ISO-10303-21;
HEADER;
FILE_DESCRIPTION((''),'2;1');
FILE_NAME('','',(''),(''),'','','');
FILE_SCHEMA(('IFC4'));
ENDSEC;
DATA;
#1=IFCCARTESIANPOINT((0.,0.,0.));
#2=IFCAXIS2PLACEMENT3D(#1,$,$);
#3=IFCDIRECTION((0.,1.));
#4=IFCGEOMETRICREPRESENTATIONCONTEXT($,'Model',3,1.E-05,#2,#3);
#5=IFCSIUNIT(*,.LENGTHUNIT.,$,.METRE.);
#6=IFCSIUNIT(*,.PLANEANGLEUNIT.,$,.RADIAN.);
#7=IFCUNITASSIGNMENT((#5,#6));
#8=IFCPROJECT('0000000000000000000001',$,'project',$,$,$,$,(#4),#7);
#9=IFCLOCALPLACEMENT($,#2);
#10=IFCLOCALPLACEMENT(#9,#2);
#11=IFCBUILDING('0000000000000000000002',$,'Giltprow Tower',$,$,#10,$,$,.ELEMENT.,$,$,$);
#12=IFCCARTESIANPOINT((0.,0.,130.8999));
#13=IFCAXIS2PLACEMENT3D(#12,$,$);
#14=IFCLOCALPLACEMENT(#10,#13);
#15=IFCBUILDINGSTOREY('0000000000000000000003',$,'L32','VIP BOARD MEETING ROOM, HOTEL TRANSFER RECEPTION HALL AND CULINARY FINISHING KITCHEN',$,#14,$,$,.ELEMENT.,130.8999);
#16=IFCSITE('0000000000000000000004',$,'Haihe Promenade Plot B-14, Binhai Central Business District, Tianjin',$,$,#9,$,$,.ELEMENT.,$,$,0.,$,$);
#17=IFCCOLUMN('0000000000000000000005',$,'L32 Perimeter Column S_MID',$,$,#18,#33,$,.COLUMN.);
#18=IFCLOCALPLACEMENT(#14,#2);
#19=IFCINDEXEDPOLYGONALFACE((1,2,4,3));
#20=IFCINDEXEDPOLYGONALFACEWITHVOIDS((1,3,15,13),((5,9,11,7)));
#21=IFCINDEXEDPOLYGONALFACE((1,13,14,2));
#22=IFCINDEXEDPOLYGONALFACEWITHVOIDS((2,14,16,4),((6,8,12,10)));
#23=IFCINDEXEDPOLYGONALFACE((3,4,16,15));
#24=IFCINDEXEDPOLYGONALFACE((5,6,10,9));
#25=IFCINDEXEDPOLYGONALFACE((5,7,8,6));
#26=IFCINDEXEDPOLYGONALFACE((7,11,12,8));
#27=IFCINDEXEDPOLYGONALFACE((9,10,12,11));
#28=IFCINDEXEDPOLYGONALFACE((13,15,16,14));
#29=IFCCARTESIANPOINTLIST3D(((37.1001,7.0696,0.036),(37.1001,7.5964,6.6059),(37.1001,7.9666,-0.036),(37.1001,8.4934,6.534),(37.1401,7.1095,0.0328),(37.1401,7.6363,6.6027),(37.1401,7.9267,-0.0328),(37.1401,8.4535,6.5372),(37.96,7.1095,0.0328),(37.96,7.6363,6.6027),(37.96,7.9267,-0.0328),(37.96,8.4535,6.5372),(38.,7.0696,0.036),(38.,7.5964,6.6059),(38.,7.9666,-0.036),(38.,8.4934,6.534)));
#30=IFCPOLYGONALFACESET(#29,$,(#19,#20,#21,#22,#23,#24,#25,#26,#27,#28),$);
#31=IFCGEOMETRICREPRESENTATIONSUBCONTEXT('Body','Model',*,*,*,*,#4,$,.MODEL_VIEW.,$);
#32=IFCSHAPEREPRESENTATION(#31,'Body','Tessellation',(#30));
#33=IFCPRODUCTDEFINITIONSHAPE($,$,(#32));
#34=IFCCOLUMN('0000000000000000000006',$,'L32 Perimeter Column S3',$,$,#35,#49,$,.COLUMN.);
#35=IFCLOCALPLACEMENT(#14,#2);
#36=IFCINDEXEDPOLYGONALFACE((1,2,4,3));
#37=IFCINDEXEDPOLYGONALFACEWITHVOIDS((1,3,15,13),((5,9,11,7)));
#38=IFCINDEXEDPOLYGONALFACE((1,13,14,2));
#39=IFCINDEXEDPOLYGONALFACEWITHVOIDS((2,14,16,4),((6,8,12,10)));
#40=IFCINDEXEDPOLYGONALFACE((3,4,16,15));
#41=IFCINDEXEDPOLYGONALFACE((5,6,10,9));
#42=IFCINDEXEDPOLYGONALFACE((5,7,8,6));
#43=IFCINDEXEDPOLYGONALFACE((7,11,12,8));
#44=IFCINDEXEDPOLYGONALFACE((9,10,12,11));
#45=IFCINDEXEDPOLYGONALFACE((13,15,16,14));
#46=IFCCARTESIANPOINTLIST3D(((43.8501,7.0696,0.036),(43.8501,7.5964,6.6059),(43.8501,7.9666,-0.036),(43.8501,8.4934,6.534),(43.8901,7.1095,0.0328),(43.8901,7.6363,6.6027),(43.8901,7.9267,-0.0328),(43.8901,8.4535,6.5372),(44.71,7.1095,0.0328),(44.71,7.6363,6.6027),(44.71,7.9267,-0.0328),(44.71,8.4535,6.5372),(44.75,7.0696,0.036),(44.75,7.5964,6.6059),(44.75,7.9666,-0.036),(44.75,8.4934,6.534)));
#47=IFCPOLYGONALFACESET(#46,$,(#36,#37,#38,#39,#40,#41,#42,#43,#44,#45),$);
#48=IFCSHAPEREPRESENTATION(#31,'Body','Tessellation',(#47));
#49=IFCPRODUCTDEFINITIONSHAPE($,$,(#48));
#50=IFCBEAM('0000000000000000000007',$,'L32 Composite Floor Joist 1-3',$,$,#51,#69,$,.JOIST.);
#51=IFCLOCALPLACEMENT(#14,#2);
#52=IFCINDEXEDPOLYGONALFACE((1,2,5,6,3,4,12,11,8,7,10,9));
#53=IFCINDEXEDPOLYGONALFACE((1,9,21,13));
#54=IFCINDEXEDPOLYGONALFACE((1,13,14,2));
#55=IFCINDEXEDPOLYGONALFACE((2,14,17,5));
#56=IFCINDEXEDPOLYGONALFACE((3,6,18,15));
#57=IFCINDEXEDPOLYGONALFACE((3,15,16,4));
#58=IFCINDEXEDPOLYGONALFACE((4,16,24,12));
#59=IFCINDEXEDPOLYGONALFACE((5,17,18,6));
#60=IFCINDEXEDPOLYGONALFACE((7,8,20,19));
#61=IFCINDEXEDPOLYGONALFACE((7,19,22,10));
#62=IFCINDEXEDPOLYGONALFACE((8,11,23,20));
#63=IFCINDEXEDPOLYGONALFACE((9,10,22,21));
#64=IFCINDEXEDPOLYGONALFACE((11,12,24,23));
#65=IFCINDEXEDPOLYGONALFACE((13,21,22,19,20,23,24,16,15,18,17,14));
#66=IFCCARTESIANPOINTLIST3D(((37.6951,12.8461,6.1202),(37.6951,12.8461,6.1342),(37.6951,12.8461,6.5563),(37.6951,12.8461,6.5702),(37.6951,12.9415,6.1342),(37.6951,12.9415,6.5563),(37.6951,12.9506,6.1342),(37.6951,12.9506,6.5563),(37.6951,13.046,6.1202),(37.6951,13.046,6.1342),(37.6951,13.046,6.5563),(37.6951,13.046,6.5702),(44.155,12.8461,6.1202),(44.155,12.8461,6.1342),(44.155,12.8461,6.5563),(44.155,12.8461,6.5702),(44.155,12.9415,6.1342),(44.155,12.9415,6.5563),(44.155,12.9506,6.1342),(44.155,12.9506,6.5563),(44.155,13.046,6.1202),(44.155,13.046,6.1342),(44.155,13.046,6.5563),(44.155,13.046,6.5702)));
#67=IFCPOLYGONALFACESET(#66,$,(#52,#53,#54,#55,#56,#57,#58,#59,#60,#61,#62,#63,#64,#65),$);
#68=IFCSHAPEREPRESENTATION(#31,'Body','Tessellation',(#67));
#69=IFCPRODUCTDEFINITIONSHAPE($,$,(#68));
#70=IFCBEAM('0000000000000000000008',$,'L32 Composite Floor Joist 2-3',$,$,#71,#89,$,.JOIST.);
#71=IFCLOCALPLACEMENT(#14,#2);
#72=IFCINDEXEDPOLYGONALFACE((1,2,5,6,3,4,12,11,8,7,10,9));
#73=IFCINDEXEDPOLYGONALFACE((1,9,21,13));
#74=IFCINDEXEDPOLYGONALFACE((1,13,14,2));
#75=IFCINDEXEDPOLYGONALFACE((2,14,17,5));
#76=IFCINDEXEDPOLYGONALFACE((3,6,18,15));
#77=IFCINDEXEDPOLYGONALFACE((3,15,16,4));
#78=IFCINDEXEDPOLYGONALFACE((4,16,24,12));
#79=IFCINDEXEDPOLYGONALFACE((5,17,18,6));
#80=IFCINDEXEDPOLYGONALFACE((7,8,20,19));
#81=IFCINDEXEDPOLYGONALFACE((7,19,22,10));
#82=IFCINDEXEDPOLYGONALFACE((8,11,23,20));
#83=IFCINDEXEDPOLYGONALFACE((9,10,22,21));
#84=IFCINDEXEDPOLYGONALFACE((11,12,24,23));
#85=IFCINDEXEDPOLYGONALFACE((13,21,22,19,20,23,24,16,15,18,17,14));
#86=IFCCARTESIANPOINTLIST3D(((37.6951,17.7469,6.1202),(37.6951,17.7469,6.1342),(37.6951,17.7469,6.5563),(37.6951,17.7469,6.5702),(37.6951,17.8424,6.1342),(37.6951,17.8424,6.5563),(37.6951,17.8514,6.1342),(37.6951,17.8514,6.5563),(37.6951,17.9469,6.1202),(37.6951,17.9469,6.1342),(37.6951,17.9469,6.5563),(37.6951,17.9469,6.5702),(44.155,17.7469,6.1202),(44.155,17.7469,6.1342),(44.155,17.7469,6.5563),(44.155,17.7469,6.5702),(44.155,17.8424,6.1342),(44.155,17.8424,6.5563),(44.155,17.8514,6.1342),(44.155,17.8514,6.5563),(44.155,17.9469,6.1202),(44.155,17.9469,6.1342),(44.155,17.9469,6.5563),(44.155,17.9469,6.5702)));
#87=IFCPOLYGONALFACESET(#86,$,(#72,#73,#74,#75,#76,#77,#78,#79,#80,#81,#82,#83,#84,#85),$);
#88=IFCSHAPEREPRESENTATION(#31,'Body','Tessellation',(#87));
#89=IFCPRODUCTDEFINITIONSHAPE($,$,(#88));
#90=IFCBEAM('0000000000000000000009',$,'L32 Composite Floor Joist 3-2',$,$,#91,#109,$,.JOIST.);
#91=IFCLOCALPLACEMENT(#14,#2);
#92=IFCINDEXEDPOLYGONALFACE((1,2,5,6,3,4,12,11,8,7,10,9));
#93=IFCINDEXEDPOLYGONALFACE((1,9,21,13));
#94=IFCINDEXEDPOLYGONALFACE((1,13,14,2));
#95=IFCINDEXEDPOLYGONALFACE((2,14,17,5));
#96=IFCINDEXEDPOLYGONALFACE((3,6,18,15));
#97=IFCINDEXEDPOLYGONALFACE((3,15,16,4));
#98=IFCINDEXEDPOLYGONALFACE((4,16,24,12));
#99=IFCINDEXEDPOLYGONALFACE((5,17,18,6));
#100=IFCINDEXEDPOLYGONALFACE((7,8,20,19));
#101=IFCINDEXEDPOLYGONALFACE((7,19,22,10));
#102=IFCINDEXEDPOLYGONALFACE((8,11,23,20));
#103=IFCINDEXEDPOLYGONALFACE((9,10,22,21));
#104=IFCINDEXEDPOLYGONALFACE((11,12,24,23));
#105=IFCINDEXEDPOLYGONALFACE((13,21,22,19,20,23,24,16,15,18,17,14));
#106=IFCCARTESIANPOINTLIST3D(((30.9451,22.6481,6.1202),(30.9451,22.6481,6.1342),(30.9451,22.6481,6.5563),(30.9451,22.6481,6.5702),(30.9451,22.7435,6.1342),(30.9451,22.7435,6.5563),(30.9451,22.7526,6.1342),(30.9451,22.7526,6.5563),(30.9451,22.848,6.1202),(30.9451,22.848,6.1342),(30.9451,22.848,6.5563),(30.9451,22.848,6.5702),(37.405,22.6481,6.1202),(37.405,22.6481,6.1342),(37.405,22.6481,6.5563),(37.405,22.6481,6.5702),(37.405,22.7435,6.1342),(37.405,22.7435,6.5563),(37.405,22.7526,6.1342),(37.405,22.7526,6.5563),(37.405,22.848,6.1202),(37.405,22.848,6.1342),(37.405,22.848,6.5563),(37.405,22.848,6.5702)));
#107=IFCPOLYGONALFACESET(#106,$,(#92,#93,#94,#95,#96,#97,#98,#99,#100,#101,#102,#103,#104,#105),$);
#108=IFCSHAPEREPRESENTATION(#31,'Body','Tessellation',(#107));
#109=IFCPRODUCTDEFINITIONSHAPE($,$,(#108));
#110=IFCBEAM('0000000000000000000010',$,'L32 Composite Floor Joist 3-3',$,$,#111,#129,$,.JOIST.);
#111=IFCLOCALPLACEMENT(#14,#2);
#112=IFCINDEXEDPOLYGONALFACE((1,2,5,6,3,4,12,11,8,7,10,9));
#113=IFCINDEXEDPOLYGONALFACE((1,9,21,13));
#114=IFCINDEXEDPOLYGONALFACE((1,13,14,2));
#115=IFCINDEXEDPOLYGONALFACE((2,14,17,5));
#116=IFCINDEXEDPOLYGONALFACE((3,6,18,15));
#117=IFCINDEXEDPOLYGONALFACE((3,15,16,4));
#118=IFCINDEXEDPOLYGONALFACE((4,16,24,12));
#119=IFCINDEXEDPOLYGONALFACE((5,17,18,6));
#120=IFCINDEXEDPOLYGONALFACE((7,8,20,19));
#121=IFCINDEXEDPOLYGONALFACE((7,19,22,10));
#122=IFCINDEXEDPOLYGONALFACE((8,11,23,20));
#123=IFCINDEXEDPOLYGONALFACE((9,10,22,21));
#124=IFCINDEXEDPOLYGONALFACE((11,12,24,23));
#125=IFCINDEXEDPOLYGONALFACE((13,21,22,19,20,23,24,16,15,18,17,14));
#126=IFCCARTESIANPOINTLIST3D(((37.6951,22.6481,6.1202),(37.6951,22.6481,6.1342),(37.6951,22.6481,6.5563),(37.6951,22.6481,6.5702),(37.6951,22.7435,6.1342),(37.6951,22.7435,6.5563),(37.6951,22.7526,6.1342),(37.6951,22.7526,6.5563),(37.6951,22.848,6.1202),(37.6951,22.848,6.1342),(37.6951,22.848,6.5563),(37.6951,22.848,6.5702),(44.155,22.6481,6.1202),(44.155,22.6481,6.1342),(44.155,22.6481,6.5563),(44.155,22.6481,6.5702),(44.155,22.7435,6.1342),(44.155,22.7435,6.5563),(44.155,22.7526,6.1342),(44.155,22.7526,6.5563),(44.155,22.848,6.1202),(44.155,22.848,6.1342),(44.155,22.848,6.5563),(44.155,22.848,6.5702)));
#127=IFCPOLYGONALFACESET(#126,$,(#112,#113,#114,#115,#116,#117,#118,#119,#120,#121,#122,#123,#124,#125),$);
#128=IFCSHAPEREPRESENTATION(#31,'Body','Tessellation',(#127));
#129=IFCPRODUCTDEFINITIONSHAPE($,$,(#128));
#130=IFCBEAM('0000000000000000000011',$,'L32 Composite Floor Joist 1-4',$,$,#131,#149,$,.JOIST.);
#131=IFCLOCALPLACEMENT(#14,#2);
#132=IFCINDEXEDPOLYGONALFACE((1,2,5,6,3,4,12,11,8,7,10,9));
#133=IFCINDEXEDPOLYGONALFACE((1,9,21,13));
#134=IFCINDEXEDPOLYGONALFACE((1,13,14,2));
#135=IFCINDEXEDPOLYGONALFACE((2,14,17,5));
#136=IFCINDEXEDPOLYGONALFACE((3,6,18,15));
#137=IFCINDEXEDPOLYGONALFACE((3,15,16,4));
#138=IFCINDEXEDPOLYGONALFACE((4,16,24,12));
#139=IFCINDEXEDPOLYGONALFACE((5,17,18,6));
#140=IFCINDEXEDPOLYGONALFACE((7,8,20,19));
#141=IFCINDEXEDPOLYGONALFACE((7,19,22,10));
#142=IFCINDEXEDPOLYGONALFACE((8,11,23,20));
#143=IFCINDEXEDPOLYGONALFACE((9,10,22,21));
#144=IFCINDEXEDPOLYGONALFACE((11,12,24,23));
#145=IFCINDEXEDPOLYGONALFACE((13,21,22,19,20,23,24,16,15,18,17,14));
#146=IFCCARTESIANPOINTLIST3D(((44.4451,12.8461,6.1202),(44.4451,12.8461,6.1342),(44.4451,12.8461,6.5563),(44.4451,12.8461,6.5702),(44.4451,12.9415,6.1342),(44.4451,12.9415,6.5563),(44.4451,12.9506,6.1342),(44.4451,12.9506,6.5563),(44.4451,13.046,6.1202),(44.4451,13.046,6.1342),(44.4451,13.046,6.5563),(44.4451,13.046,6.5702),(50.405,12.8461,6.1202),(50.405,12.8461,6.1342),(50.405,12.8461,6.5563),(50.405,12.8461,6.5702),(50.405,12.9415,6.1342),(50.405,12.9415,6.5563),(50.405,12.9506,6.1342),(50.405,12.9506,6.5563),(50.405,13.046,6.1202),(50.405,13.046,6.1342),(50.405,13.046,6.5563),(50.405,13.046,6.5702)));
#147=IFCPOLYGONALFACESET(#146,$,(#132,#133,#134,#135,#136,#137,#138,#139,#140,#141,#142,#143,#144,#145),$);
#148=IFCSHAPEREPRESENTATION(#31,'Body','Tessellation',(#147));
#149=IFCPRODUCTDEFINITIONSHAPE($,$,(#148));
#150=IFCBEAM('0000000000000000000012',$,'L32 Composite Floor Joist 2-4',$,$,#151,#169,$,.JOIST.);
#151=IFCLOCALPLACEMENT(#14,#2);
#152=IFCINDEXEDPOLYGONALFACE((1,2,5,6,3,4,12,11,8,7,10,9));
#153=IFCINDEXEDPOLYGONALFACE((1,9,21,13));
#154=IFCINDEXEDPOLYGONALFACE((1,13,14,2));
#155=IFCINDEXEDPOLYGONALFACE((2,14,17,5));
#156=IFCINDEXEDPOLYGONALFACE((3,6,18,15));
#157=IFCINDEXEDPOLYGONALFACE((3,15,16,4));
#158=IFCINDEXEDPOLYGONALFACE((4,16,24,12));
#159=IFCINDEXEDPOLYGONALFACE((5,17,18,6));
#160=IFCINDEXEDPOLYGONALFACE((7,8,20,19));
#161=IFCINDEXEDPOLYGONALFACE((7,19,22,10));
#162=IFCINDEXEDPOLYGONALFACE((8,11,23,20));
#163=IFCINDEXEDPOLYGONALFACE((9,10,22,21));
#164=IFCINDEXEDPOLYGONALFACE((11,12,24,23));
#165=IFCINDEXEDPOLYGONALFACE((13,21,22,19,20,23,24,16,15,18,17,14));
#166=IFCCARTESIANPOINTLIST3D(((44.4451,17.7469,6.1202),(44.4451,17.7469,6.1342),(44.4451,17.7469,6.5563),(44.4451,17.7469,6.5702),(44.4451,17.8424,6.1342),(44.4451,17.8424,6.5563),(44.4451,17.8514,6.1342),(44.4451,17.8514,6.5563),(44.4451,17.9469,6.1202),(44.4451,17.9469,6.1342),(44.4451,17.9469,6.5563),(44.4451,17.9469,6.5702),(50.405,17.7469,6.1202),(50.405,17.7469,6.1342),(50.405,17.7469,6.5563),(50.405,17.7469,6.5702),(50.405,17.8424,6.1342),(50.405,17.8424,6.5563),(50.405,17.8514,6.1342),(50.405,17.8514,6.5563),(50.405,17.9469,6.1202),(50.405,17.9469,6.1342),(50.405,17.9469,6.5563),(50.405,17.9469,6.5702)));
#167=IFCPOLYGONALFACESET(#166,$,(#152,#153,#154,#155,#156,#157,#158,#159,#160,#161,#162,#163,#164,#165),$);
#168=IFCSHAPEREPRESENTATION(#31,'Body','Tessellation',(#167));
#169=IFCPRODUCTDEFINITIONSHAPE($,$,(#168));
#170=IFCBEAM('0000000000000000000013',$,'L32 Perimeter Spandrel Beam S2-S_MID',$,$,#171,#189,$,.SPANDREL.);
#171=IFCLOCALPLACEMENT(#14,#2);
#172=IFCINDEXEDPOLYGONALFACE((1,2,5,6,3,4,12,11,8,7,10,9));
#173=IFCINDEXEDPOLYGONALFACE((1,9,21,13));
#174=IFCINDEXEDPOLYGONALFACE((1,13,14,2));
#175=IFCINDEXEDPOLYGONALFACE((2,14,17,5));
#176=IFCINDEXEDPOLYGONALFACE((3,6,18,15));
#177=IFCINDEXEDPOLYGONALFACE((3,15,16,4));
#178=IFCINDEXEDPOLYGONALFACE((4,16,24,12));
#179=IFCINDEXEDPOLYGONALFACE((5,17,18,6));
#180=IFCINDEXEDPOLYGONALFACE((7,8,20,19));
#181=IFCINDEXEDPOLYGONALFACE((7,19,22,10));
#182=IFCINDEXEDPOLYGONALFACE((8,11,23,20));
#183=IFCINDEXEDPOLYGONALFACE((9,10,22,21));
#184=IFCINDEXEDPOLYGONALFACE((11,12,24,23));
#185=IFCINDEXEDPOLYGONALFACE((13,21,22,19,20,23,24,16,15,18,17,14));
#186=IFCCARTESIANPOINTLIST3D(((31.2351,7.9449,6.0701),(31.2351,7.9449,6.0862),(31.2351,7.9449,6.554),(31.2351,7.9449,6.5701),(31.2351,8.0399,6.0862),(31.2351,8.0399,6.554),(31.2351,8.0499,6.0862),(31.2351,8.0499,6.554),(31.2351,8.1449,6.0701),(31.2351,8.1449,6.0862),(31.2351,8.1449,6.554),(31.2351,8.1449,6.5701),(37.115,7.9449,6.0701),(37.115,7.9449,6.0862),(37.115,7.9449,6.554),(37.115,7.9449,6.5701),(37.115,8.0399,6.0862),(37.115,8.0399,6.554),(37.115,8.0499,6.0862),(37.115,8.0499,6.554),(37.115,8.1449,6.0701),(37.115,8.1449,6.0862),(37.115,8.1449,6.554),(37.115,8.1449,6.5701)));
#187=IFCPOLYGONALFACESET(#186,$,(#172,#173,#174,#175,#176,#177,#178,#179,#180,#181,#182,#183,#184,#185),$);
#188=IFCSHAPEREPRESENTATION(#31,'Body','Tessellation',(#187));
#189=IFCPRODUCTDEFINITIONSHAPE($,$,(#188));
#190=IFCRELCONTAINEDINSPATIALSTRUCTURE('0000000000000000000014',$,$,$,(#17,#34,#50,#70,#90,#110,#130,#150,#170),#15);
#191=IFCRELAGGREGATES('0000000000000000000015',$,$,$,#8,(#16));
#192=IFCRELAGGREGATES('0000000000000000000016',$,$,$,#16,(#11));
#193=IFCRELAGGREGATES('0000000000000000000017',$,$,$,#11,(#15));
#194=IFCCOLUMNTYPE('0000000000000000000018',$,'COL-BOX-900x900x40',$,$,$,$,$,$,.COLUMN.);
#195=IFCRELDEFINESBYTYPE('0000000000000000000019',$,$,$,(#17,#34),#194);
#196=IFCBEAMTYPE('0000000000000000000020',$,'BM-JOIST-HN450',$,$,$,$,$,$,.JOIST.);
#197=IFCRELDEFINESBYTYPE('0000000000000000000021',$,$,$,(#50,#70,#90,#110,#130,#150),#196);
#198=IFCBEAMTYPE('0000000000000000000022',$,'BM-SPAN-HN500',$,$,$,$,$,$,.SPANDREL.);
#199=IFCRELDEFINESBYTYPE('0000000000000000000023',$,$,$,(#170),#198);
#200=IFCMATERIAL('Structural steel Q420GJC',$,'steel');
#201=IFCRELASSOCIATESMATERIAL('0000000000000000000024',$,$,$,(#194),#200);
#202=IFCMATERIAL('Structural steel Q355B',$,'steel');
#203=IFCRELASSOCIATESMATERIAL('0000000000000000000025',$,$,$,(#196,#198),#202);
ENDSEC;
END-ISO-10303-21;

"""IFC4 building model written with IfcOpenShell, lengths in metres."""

from ifc_helpers import new_model, si_unit, direction, frame, origin, origin_2d, place, context, subcontext, project, spatial, hollow_rectangle, i_section, extrude, source, transform, mapped, material, material_profile, profile_set, type_object, element, save


model = new_model("IFC4")

# Units and contexts
model_context = context("Model", 3, precision=1e-05, world=origin(), true_north=direction((0.0, 1.0)))
body_context = subcontext(model_context, "Body", "Model", "MODEL_VIEW")
ifc_project = project(units=[si_unit("LENGTHUNIT", "METRE"), si_unit("PLANEANGLEUNIT", "RADIAN")], contexts=[model_context])

# Site, building, storey
site_placement = place(None, origin())
site = spatial("IfcSite", under=ifc_project, at=site_placement, Name="Haihe Promenade Plot B-14, Binhai Central Business District, Tianjin", CompositionType="ELEMENT", RefElevation=0.0)
building_placement = place(site_placement, origin())
building = spatial("IfcBuilding", under=site, at=building_placement, Name="Giltprow Tower", CompositionType="ELEMENT")
storey_placement = place(building_placement, frame((0.0, 0.0, 130.8999)))
storey = spatial("IfcBuildingStorey", under=building, at=storey_placement, Name="L32", Description="VIP BOARD MEETING ROOM, HOTEL TRANSFER RECEPTION HALL AND CULINARY FINISHING KITCHEN", CompositionType="ELEMENT", Elevation=130.8999)

# Columns
ifc_material_1 = material(Name="Structural steel Q420GJC", Category="steel")
ifc_material_profile_1 = material_profile(ifc_material_1, hollow_rectangle(XDim=0.8999, YDim=0.8999, WallThickness=0.04, at=origin_2d()), Name="BOX 900x900x40")
ifc_profile_set_1 = profile_set([ifc_material_profile_1], Name="Structural steel Q420GJC")
column_type = type_object("IfcColumnType", Name="COL-BOX-900x900x40", PredefinedType="COLUMN", material=ifc_profile_set_1)
shared_shape_1 = source(origin(), body_context, "Body", "SweptSolid", [
    extrude(hollow_rectangle(XDim=0.8999, YDim=0.8999, WallThickness=0.04, at=origin_2d()), origin(), (0.0, 0.0, 1.0), 6.5911),
])
for number, where, z_axis, x_axis, name in (
    (1, (37.55, 7.5181, 0.0), (0.0, 0.079934, 0.9968), (-1.0, 0.0, 0.0), "L32 Perimeter Column S_MID"),
    (2, (44.3, 7.5181, 0.0), (0.0, 0.079934, 0.9968), (-1.0, 0.0, 0.0), "L32 Perimeter Column S3"),
):
    element("IfcColumn", number, at=place(storey_placement, frame(where, z_axis=z_axis, x_axis=x_axis)), inside=storey, type_object=column_type, Name=name, PredefinedType="COLUMN", context=body_context, shape_type="MappedRepresentation", body=[
        mapped(shared_shape_1, transform((0.0, 0.0, 0.0), x_axis=(1.0, 0.0, 0.0), y_axis=(0.0, 1.0, 0.0), z_axis=(0.0, 0.0, 1.0), scale=1.0)),
    ])

# Beams
ifc_material_2 = material(Name="Structural steel Q355B", Category="steel")
ifc_material_profile_2 = material_profile(ifc_material_2, i_section(OverallWidth=0.2, OverallDepth=0.45, WebThickness=0.009, FlangeThickness=0.0139, at=origin_2d()), Name="HN 450x200x9x14")
ifc_profile_set_2 = profile_set([ifc_material_profile_2], Name="Structural steel Q355B")
beam_type_1 = type_object("IfcBeamType", Name="BM-JOIST-HN450", PredefinedType="JOIST", material=ifc_profile_set_2)
shared_shape_2 = source(origin(), body_context, "Body", "SweptSolid", [
    extrude(i_section(OverallWidth=0.2, OverallDepth=0.45, WebThickness=0.009, FlangeThickness=0.0139, at=origin_2d()), origin(), (0.0, 0.0, 1.0), 6.46),
])
for number, where, z_axis, x_axis, name in (
    (3, (37.6951, 12.946, 6.3452), (1.0, 0.0, 0.0), (0.0, 1.0, 0.0), "L32 Composite Floor Joist 1-3"),
    (4, (37.6951, 17.8469, 6.3452), (1.0, 0.0, 0.0), (0.0, 1.0, 0.0), "L32 Composite Floor Joist 2-3"),
    (5, (30.9451, 22.748, 6.3452), (1.0, 0.0, 0.0), (0.0, 1.0, 0.0), "L32 Composite Floor Joist 3-2"),
    (6, (37.6951, 22.748, 6.3452), (1.0, 0.0, 0.0), (0.0, 1.0, 0.0), "L32 Composite Floor Joist 3-3"),
):
    element("IfcBeam", number, at=place(storey_placement, frame(where, z_axis=z_axis, x_axis=x_axis)), inside=storey, type_object=beam_type_1, Name=name, PredefinedType="JOIST", context=body_context, shape_type="MappedRepresentation", body=[
        mapped(shared_shape_2, transform((0.0, 0.0, 0.0), x_axis=(1.0, 0.0, 0.0), y_axis=(0.0, 1.0, 0.0), z_axis=(0.0, 0.0, 1.0), scale=1.0)),
    ])
shared_shape_3 = source(origin(), body_context, "Body", "SweptSolid", [
    extrude(i_section(OverallWidth=0.2, OverallDepth=0.45, WebThickness=0.009, FlangeThickness=0.0139, at=origin_2d()), origin(), (0.0, 0.0, 1.0), 5.96),
])
for number, where, z_axis, x_axis, name in (
    (7, (44.4451, 12.946, 6.3452), (1.0, 0.0, 0.0), (0.0, 1.0, 0.0), "L32 Composite Floor Joist 1-4"),
    (8, (44.4451, 17.8469, 6.3452), (1.0, 0.0, 0.0), (0.0, 1.0, 0.0), "L32 Composite Floor Joist 2-4"),
):
    element("IfcBeam", number, at=place(storey_placement, frame(where, z_axis=z_axis, x_axis=x_axis)), inside=storey, type_object=beam_type_1, Name=name, PredefinedType="JOIST", context=body_context, shape_type="MappedRepresentation", body=[
        mapped(shared_shape_3, transform((0.0, 0.0, 0.0), x_axis=(1.0, 0.0, 0.0), y_axis=(0.0, 1.0, 0.0), z_axis=(0.0, 0.0, 1.0), scale=1.0)),
    ])
ifc_material_profile_3 = material_profile(ifc_material_2, i_section(OverallWidth=0.2, OverallDepth=0.5, WebThickness=0.01, FlangeThickness=0.0161, at=origin_2d()), Name="HN 500x200x10x16")
ifc_profile_set_3 = profile_set([ifc_material_profile_3], Name="Structural steel Q355B")
beam_type_2 = type_object("IfcBeamType", Name="BM-SPAN-HN500", PredefinedType="SPANDREL", material=ifc_profile_set_3)
shared_shape_4 = source(origin(), body_context, "Body", "SweptSolid", [
    extrude(i_section(OverallWidth=0.2, OverallDepth=0.5, WebThickness=0.01, FlangeThickness=0.0161, at=origin_2d()), origin(), (0.0, 0.0, 1.0), 5.8799),
])
for number, where, z_axis, x_axis, name in (
    (9, (31.2351, 8.0449, 6.3201), (1.0, 0.0, 0.0), (0.0, 1.0, 0.0), "L32 Perimeter Spandrel Beam S2-S_MID"),
):
    element("IfcBeam", number, at=place(storey_placement, frame(where, z_axis=z_axis, x_axis=x_axis)), inside=storey, type_object=beam_type_2, Name=name, PredefinedType="SPANDREL", context=body_context, shape_type="MappedRepresentation", body=[
        mapped(shared_shape_4, transform((0.0, 0.0, 0.0), x_axis=(1.0, 0.0, 0.0), y_axis=(0.0, 1.0, 0.0), z_axis=(0.0, 0.0, 1.0), scale=1.0)),
    ])

save(model, "model.ifc")
